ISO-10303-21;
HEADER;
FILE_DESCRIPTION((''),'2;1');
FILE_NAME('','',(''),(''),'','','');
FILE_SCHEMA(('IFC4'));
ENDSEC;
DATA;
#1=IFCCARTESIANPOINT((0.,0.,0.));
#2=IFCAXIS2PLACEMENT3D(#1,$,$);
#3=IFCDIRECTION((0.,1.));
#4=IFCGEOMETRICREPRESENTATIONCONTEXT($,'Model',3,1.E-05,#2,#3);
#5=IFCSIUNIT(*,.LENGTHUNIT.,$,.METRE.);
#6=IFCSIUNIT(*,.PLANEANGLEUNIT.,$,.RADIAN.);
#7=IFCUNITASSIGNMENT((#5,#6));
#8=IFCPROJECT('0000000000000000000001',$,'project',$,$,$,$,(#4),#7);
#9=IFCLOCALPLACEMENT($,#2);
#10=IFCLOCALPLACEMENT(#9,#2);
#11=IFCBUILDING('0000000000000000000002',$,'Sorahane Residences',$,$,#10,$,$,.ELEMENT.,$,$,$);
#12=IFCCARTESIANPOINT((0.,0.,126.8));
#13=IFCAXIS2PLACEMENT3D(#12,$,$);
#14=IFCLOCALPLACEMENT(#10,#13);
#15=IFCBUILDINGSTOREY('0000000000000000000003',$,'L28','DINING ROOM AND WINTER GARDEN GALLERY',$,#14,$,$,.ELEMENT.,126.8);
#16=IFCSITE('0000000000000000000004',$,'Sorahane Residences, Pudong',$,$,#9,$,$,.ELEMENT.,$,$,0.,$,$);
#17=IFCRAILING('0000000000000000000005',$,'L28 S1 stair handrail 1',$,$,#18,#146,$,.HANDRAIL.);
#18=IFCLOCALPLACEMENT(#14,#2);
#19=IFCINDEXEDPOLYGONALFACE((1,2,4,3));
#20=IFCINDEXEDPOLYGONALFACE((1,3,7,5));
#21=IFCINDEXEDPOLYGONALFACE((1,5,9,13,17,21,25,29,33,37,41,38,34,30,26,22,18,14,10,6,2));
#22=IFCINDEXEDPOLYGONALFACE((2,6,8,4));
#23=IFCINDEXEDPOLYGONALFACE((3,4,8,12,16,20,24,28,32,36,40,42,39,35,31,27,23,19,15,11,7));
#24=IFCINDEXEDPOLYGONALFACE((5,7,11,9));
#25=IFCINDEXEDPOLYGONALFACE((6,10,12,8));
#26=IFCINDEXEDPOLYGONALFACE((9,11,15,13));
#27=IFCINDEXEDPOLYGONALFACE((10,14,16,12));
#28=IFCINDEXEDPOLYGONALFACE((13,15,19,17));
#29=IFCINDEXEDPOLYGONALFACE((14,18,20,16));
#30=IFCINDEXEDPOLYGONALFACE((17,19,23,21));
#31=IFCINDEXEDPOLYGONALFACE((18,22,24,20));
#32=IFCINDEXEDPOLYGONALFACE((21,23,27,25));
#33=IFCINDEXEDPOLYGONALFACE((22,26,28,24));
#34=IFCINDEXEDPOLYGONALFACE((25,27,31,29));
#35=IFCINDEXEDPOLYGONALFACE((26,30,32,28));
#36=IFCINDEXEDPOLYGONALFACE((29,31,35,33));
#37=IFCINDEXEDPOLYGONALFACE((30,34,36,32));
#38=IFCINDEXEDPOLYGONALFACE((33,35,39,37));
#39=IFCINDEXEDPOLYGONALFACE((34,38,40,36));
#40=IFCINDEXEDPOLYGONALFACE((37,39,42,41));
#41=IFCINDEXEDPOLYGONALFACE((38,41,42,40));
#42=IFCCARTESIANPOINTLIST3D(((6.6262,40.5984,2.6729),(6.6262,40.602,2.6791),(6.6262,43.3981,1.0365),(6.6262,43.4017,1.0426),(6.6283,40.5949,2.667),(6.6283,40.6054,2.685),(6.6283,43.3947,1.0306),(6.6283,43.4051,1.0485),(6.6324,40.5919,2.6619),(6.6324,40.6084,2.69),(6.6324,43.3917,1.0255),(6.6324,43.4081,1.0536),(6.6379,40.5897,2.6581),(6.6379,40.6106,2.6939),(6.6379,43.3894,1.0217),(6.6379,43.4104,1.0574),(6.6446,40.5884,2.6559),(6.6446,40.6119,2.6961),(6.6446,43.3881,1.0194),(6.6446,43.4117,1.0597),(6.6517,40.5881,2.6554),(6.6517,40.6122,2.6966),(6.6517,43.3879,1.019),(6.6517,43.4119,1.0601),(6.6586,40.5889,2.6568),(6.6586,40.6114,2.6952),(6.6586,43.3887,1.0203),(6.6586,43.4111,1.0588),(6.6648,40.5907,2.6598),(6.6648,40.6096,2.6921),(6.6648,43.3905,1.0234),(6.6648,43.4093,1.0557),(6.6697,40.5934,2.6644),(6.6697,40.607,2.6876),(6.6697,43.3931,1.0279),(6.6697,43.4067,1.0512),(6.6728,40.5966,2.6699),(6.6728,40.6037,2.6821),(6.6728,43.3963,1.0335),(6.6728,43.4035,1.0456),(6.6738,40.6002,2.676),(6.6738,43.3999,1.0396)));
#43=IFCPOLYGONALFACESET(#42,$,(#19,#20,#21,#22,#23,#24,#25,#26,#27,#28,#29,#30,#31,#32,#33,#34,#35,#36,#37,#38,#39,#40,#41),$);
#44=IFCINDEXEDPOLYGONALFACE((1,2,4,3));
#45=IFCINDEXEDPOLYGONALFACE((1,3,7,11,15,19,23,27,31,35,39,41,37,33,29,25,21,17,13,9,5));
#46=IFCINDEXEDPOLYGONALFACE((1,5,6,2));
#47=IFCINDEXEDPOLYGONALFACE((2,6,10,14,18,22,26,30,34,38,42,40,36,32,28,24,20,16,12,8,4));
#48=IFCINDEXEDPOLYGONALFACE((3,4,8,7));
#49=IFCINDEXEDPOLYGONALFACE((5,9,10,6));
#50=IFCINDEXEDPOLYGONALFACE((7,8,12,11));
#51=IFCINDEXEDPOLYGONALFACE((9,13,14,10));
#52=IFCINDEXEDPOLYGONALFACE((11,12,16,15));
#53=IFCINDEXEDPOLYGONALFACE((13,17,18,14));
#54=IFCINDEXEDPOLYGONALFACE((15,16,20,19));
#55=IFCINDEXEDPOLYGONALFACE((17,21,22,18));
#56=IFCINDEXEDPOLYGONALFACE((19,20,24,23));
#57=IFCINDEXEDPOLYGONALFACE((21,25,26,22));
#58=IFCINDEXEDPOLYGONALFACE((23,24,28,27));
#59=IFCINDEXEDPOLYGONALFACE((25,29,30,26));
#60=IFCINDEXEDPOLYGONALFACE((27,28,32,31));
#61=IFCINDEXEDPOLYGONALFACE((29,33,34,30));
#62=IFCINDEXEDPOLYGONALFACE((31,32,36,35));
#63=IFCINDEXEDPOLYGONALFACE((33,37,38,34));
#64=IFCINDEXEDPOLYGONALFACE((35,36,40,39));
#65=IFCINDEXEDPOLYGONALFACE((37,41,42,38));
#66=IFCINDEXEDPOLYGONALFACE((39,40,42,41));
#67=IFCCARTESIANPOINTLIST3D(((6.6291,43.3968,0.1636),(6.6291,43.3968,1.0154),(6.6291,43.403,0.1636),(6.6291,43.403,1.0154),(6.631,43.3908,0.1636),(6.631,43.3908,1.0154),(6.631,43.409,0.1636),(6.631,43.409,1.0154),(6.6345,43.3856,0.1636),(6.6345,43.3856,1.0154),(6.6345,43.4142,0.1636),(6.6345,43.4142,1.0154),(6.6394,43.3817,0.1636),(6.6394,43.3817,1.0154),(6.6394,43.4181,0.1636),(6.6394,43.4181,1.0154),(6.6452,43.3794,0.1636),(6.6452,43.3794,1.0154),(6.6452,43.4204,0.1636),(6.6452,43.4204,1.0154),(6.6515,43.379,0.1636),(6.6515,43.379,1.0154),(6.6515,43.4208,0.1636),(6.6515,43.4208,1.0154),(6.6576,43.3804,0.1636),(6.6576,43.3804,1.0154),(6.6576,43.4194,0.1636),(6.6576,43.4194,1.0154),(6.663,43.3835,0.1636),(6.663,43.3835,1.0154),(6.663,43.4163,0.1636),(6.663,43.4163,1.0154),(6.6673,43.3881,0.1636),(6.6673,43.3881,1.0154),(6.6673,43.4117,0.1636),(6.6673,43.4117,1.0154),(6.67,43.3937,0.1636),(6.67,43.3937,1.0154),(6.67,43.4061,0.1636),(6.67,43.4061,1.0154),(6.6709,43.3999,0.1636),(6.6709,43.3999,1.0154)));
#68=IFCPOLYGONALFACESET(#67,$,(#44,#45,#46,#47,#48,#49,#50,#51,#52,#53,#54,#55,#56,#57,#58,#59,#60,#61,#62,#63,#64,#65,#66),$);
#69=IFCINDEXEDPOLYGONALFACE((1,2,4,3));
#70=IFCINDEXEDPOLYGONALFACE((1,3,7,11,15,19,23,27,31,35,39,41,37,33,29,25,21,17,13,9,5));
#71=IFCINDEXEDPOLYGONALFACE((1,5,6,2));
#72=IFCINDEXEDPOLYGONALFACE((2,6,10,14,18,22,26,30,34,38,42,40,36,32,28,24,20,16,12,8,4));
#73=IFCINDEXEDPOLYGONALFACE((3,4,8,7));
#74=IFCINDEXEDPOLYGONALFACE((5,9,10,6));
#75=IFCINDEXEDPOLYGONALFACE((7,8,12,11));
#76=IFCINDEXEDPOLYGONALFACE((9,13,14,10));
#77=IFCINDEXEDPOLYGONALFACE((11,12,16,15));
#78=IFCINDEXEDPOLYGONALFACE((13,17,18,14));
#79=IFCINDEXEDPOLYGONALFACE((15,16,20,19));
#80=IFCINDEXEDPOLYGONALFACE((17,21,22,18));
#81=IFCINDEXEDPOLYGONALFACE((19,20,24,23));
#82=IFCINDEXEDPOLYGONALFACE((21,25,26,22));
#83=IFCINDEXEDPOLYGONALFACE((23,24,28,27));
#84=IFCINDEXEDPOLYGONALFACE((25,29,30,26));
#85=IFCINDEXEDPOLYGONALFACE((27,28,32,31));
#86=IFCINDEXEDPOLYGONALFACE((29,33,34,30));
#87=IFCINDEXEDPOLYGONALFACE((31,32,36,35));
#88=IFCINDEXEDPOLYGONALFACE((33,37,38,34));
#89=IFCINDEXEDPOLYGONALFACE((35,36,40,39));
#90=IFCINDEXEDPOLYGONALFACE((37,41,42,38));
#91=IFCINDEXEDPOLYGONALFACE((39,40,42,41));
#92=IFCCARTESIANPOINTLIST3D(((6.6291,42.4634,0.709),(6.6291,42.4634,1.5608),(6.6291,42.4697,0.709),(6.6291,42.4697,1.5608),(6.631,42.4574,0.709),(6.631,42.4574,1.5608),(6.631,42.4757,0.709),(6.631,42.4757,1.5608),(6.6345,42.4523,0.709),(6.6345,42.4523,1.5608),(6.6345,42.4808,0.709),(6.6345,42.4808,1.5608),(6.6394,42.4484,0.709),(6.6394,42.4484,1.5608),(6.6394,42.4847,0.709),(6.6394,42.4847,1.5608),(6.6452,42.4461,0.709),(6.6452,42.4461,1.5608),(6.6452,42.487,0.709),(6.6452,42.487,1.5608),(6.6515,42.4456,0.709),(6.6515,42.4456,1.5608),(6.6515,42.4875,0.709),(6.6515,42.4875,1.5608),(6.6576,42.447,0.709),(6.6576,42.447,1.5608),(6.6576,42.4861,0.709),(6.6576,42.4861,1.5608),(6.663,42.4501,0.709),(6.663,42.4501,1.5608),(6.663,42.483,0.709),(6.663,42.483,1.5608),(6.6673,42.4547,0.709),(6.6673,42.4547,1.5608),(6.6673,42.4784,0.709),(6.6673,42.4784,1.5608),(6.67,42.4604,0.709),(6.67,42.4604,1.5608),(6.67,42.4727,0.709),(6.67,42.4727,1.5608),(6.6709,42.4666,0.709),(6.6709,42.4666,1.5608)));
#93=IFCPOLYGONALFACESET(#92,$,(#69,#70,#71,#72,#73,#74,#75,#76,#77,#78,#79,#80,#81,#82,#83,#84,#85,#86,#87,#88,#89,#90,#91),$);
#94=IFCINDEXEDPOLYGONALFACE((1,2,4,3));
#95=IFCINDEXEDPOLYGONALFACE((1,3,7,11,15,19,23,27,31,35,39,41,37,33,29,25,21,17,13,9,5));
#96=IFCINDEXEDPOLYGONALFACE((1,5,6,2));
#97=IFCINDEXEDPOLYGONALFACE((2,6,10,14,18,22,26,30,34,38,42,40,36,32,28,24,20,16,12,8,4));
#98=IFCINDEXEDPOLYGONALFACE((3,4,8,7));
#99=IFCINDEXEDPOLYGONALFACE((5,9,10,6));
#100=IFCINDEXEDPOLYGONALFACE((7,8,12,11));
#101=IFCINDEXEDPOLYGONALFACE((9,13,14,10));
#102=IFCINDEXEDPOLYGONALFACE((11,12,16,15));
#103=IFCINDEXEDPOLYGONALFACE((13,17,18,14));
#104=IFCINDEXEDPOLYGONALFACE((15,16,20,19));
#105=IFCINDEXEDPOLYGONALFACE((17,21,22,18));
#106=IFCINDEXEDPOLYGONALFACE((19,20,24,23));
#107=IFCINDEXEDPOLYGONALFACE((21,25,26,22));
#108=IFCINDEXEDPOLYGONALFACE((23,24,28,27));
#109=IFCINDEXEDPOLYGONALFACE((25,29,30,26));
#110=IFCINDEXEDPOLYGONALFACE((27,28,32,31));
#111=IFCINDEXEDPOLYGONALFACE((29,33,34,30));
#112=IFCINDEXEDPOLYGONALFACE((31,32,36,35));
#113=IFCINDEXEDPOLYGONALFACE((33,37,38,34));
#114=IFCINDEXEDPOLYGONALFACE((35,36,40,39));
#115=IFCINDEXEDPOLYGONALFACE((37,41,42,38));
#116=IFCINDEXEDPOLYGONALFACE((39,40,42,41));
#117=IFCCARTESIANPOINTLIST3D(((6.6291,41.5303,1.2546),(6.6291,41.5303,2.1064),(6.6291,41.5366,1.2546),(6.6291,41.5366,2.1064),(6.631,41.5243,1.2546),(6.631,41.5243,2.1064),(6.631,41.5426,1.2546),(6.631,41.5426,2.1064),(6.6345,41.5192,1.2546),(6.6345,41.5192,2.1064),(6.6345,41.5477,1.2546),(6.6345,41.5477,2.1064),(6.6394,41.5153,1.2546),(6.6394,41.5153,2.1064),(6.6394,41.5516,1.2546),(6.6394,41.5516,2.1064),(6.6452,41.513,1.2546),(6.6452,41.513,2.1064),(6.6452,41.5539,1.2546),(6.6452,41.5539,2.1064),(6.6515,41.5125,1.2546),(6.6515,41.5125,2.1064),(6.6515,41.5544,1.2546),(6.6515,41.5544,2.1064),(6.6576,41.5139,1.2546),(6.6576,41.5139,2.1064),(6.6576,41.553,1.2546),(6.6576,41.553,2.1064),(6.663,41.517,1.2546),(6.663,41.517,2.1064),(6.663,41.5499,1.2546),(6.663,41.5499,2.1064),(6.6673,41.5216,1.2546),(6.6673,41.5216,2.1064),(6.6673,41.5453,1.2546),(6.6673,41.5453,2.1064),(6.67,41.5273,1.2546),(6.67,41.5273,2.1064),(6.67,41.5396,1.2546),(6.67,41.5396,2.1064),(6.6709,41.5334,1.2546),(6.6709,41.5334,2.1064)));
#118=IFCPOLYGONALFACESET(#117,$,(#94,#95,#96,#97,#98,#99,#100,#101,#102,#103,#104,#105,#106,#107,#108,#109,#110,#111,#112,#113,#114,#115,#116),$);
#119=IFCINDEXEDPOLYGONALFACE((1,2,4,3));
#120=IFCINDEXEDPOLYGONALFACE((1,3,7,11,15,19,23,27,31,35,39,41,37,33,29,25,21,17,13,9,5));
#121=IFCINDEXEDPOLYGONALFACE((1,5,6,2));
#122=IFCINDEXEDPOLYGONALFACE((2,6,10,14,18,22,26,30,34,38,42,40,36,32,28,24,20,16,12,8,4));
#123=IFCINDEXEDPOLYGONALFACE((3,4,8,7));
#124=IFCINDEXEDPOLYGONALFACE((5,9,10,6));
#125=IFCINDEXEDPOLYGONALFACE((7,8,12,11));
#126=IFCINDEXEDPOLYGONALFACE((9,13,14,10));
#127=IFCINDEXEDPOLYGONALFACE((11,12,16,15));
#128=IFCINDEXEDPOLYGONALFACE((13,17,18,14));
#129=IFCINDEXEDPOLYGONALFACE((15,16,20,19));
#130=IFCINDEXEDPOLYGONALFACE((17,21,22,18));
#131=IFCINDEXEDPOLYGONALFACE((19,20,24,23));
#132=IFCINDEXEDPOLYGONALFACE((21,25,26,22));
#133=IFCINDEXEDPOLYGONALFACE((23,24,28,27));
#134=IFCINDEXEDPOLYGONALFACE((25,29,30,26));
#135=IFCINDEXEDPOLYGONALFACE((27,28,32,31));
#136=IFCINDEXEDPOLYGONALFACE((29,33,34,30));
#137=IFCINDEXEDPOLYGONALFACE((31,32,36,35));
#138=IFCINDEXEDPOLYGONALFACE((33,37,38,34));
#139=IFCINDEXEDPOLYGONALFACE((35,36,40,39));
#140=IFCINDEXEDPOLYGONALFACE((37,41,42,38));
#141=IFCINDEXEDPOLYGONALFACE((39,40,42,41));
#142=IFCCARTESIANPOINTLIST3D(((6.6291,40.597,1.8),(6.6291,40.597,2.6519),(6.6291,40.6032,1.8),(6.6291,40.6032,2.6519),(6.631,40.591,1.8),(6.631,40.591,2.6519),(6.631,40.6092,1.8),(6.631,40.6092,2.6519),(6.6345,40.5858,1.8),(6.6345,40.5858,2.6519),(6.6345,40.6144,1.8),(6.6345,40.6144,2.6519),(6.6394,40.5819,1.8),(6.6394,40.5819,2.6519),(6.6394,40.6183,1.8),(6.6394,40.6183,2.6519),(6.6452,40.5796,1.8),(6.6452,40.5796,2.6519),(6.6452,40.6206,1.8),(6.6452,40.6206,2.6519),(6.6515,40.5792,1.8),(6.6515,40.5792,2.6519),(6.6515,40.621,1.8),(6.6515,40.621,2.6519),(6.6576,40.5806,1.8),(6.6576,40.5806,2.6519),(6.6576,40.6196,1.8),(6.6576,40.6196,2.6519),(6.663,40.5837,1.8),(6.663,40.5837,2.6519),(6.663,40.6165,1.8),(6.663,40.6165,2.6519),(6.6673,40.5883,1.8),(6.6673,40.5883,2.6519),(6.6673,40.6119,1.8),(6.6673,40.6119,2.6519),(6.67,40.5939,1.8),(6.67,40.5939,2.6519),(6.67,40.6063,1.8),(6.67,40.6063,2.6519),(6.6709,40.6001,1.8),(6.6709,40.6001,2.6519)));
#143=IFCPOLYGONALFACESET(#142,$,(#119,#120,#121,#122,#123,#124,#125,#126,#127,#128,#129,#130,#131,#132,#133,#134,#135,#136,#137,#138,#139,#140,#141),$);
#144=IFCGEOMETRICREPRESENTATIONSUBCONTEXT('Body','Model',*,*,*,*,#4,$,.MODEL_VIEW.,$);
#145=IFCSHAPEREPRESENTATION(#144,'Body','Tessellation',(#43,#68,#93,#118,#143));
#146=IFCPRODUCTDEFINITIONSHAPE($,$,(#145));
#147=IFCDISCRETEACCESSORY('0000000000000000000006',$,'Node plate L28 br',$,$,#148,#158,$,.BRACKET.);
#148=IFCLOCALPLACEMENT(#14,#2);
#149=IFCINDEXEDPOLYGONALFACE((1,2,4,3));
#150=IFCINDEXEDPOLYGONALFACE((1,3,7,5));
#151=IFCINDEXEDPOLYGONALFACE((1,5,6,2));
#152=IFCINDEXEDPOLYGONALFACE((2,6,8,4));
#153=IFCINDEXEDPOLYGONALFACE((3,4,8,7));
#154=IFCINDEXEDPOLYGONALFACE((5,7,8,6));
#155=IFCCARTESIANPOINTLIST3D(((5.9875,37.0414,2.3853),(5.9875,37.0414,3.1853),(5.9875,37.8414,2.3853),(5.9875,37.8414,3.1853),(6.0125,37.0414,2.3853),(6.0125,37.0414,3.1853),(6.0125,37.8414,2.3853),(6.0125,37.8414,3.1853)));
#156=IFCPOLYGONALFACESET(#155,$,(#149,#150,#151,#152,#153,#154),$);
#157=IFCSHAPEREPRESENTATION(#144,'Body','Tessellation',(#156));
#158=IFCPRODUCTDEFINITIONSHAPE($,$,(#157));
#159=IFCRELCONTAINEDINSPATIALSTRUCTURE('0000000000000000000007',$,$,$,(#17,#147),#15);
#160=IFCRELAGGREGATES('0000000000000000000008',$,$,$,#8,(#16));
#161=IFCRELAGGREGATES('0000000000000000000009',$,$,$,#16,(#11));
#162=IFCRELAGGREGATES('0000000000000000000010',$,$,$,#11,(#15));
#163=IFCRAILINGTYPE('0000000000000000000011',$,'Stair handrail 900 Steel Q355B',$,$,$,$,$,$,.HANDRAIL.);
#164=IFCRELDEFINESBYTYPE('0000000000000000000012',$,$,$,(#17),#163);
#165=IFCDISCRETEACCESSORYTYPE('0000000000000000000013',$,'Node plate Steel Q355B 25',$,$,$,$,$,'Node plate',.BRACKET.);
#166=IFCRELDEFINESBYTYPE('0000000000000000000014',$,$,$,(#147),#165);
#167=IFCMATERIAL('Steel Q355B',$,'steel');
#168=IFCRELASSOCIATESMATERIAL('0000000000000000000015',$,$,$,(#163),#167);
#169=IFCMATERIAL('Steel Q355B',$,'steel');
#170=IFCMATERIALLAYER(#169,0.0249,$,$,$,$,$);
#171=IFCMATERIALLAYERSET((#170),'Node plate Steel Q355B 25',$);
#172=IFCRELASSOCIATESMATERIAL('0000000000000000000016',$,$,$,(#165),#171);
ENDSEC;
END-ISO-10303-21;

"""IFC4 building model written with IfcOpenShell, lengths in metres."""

from ifc_helpers import new_model, si_unit, direction, frame, origin, origin_2d, place, context, subcontext, project, spatial, rectangle, circle, extrude, material, layer, layer_set, type_object, element, save


model = new_model("IFC4")

# Units and contexts
model_context = context("Model", 3, precision=1e-05, world=origin(), true_north=direction((0.0, 1.0)))
body_context = subcontext(model_context, "Body", "Model", "MODEL_VIEW")
ifc_project = project(units=[si_unit("LENGTHUNIT", "METRE"), si_unit("PLANEANGLEUNIT", "RADIAN")], contexts=[model_context])

# Site, building, storey
site_placement = place(None, origin())
site = spatial("IfcSite", under=ifc_project, at=site_placement, Name="Sorahane Residences, Pudong", CompositionType="ELEMENT", RefElevation=0.0)
building_placement = place(site_placement, origin())
building = spatial("IfcBuilding", under=site, at=building_placement, Name="Sorahane Residences", CompositionType="ELEMENT")
storey_placement = place(building_placement, frame((0.0, 0.0, 126.8)))
storey = spatial("IfcBuildingStorey", under=building, at=storey_placement, Name="L28", Description="DINING ROOM AND WINTER GARDEN GALLERY", CompositionType="ELEMENT", Elevation=126.8)

# Railing
ifc_material_1 = material(Name="Steel Q355B", Category="steel")
railing_type = type_object("IfcRailingType", Name="Stair handrail 900 Steel Q355B", PredefinedType="HANDRAIL", material=ifc_material_1)
railing_placement = place(storey_placement, frame((6.6499, 43.3999, 0.1636)))
element("IfcRailing", 1, at=railing_placement, inside=storey, type_object=railing_type, Name="L28 S1 stair handrail 1", PredefinedType="HANDRAIL", context=body_context, shape_type="SweptSolid", body=[
    extrude(circle(Radius=0.0239, at=origin_2d()), frame((0.0, 0.0, 0.876), z_axis=(0.0, -0.863342, 0.50462), x_axis=(1.0, 0.0, 0.0)), (0.0, 0.0, 1.0), 3.2429),
    extrude(circle(Radius=0.021, at=origin_2d()), origin(), (0.0, 0.0, 1.0), 0.8518),
    extrude(circle(Radius=0.021, at=origin_2d()), frame((0.0, -0.9333, 0.5454)), (0.0, 0.0, 1.0), 0.8518),
    extrude(circle(Radius=0.021, at=origin_2d()), frame((0.0, -1.8665, 1.0911)), (0.0, 0.0, 1.0), 0.8518),
    extrude(circle(Radius=0.021, at=origin_2d()), frame((0.0, -2.7998, 1.6365)), (0.0, 0.0, 1.0), 0.8518),
])

# Discrete accessory
ifc_material_2 = material(Name="Steel Q355B", Category="steel")
ifc_layer_1 = layer(ifc_material_2, 0.0249)
ifc_layer_set_1 = layer_set([ifc_layer_1], Name="Node plate Steel Q355B 25")
discrete_accessory_type = type_object("IfcDiscreteAccessoryType", Name="Node plate Steel Q355B 25", ElementType="Node plate", PredefinedType="BRACKET", material=ifc_layer_set_1)
discrete_accessory_placement = place(storey_placement, frame((6.0, 37.4414, 2.3853), z_axis=(0.0, 0.0, 1.0), x_axis=(0.0, 1.0, 0.0)))
element("IfcDiscreteAccessory", 2, at=discrete_accessory_placement, inside=storey, type_object=discrete_accessory_type, Name="Node plate L28 br", PredefinedType="BRACKET", context=body_context, shape_type="SweptSolid", body=[
    extrude(rectangle(XDim=0.8, YDim=0.0249, at=origin_2d()), origin(), (0.0, 0.0, 1.0), 0.8),
])

save(model, "model.ifc")
